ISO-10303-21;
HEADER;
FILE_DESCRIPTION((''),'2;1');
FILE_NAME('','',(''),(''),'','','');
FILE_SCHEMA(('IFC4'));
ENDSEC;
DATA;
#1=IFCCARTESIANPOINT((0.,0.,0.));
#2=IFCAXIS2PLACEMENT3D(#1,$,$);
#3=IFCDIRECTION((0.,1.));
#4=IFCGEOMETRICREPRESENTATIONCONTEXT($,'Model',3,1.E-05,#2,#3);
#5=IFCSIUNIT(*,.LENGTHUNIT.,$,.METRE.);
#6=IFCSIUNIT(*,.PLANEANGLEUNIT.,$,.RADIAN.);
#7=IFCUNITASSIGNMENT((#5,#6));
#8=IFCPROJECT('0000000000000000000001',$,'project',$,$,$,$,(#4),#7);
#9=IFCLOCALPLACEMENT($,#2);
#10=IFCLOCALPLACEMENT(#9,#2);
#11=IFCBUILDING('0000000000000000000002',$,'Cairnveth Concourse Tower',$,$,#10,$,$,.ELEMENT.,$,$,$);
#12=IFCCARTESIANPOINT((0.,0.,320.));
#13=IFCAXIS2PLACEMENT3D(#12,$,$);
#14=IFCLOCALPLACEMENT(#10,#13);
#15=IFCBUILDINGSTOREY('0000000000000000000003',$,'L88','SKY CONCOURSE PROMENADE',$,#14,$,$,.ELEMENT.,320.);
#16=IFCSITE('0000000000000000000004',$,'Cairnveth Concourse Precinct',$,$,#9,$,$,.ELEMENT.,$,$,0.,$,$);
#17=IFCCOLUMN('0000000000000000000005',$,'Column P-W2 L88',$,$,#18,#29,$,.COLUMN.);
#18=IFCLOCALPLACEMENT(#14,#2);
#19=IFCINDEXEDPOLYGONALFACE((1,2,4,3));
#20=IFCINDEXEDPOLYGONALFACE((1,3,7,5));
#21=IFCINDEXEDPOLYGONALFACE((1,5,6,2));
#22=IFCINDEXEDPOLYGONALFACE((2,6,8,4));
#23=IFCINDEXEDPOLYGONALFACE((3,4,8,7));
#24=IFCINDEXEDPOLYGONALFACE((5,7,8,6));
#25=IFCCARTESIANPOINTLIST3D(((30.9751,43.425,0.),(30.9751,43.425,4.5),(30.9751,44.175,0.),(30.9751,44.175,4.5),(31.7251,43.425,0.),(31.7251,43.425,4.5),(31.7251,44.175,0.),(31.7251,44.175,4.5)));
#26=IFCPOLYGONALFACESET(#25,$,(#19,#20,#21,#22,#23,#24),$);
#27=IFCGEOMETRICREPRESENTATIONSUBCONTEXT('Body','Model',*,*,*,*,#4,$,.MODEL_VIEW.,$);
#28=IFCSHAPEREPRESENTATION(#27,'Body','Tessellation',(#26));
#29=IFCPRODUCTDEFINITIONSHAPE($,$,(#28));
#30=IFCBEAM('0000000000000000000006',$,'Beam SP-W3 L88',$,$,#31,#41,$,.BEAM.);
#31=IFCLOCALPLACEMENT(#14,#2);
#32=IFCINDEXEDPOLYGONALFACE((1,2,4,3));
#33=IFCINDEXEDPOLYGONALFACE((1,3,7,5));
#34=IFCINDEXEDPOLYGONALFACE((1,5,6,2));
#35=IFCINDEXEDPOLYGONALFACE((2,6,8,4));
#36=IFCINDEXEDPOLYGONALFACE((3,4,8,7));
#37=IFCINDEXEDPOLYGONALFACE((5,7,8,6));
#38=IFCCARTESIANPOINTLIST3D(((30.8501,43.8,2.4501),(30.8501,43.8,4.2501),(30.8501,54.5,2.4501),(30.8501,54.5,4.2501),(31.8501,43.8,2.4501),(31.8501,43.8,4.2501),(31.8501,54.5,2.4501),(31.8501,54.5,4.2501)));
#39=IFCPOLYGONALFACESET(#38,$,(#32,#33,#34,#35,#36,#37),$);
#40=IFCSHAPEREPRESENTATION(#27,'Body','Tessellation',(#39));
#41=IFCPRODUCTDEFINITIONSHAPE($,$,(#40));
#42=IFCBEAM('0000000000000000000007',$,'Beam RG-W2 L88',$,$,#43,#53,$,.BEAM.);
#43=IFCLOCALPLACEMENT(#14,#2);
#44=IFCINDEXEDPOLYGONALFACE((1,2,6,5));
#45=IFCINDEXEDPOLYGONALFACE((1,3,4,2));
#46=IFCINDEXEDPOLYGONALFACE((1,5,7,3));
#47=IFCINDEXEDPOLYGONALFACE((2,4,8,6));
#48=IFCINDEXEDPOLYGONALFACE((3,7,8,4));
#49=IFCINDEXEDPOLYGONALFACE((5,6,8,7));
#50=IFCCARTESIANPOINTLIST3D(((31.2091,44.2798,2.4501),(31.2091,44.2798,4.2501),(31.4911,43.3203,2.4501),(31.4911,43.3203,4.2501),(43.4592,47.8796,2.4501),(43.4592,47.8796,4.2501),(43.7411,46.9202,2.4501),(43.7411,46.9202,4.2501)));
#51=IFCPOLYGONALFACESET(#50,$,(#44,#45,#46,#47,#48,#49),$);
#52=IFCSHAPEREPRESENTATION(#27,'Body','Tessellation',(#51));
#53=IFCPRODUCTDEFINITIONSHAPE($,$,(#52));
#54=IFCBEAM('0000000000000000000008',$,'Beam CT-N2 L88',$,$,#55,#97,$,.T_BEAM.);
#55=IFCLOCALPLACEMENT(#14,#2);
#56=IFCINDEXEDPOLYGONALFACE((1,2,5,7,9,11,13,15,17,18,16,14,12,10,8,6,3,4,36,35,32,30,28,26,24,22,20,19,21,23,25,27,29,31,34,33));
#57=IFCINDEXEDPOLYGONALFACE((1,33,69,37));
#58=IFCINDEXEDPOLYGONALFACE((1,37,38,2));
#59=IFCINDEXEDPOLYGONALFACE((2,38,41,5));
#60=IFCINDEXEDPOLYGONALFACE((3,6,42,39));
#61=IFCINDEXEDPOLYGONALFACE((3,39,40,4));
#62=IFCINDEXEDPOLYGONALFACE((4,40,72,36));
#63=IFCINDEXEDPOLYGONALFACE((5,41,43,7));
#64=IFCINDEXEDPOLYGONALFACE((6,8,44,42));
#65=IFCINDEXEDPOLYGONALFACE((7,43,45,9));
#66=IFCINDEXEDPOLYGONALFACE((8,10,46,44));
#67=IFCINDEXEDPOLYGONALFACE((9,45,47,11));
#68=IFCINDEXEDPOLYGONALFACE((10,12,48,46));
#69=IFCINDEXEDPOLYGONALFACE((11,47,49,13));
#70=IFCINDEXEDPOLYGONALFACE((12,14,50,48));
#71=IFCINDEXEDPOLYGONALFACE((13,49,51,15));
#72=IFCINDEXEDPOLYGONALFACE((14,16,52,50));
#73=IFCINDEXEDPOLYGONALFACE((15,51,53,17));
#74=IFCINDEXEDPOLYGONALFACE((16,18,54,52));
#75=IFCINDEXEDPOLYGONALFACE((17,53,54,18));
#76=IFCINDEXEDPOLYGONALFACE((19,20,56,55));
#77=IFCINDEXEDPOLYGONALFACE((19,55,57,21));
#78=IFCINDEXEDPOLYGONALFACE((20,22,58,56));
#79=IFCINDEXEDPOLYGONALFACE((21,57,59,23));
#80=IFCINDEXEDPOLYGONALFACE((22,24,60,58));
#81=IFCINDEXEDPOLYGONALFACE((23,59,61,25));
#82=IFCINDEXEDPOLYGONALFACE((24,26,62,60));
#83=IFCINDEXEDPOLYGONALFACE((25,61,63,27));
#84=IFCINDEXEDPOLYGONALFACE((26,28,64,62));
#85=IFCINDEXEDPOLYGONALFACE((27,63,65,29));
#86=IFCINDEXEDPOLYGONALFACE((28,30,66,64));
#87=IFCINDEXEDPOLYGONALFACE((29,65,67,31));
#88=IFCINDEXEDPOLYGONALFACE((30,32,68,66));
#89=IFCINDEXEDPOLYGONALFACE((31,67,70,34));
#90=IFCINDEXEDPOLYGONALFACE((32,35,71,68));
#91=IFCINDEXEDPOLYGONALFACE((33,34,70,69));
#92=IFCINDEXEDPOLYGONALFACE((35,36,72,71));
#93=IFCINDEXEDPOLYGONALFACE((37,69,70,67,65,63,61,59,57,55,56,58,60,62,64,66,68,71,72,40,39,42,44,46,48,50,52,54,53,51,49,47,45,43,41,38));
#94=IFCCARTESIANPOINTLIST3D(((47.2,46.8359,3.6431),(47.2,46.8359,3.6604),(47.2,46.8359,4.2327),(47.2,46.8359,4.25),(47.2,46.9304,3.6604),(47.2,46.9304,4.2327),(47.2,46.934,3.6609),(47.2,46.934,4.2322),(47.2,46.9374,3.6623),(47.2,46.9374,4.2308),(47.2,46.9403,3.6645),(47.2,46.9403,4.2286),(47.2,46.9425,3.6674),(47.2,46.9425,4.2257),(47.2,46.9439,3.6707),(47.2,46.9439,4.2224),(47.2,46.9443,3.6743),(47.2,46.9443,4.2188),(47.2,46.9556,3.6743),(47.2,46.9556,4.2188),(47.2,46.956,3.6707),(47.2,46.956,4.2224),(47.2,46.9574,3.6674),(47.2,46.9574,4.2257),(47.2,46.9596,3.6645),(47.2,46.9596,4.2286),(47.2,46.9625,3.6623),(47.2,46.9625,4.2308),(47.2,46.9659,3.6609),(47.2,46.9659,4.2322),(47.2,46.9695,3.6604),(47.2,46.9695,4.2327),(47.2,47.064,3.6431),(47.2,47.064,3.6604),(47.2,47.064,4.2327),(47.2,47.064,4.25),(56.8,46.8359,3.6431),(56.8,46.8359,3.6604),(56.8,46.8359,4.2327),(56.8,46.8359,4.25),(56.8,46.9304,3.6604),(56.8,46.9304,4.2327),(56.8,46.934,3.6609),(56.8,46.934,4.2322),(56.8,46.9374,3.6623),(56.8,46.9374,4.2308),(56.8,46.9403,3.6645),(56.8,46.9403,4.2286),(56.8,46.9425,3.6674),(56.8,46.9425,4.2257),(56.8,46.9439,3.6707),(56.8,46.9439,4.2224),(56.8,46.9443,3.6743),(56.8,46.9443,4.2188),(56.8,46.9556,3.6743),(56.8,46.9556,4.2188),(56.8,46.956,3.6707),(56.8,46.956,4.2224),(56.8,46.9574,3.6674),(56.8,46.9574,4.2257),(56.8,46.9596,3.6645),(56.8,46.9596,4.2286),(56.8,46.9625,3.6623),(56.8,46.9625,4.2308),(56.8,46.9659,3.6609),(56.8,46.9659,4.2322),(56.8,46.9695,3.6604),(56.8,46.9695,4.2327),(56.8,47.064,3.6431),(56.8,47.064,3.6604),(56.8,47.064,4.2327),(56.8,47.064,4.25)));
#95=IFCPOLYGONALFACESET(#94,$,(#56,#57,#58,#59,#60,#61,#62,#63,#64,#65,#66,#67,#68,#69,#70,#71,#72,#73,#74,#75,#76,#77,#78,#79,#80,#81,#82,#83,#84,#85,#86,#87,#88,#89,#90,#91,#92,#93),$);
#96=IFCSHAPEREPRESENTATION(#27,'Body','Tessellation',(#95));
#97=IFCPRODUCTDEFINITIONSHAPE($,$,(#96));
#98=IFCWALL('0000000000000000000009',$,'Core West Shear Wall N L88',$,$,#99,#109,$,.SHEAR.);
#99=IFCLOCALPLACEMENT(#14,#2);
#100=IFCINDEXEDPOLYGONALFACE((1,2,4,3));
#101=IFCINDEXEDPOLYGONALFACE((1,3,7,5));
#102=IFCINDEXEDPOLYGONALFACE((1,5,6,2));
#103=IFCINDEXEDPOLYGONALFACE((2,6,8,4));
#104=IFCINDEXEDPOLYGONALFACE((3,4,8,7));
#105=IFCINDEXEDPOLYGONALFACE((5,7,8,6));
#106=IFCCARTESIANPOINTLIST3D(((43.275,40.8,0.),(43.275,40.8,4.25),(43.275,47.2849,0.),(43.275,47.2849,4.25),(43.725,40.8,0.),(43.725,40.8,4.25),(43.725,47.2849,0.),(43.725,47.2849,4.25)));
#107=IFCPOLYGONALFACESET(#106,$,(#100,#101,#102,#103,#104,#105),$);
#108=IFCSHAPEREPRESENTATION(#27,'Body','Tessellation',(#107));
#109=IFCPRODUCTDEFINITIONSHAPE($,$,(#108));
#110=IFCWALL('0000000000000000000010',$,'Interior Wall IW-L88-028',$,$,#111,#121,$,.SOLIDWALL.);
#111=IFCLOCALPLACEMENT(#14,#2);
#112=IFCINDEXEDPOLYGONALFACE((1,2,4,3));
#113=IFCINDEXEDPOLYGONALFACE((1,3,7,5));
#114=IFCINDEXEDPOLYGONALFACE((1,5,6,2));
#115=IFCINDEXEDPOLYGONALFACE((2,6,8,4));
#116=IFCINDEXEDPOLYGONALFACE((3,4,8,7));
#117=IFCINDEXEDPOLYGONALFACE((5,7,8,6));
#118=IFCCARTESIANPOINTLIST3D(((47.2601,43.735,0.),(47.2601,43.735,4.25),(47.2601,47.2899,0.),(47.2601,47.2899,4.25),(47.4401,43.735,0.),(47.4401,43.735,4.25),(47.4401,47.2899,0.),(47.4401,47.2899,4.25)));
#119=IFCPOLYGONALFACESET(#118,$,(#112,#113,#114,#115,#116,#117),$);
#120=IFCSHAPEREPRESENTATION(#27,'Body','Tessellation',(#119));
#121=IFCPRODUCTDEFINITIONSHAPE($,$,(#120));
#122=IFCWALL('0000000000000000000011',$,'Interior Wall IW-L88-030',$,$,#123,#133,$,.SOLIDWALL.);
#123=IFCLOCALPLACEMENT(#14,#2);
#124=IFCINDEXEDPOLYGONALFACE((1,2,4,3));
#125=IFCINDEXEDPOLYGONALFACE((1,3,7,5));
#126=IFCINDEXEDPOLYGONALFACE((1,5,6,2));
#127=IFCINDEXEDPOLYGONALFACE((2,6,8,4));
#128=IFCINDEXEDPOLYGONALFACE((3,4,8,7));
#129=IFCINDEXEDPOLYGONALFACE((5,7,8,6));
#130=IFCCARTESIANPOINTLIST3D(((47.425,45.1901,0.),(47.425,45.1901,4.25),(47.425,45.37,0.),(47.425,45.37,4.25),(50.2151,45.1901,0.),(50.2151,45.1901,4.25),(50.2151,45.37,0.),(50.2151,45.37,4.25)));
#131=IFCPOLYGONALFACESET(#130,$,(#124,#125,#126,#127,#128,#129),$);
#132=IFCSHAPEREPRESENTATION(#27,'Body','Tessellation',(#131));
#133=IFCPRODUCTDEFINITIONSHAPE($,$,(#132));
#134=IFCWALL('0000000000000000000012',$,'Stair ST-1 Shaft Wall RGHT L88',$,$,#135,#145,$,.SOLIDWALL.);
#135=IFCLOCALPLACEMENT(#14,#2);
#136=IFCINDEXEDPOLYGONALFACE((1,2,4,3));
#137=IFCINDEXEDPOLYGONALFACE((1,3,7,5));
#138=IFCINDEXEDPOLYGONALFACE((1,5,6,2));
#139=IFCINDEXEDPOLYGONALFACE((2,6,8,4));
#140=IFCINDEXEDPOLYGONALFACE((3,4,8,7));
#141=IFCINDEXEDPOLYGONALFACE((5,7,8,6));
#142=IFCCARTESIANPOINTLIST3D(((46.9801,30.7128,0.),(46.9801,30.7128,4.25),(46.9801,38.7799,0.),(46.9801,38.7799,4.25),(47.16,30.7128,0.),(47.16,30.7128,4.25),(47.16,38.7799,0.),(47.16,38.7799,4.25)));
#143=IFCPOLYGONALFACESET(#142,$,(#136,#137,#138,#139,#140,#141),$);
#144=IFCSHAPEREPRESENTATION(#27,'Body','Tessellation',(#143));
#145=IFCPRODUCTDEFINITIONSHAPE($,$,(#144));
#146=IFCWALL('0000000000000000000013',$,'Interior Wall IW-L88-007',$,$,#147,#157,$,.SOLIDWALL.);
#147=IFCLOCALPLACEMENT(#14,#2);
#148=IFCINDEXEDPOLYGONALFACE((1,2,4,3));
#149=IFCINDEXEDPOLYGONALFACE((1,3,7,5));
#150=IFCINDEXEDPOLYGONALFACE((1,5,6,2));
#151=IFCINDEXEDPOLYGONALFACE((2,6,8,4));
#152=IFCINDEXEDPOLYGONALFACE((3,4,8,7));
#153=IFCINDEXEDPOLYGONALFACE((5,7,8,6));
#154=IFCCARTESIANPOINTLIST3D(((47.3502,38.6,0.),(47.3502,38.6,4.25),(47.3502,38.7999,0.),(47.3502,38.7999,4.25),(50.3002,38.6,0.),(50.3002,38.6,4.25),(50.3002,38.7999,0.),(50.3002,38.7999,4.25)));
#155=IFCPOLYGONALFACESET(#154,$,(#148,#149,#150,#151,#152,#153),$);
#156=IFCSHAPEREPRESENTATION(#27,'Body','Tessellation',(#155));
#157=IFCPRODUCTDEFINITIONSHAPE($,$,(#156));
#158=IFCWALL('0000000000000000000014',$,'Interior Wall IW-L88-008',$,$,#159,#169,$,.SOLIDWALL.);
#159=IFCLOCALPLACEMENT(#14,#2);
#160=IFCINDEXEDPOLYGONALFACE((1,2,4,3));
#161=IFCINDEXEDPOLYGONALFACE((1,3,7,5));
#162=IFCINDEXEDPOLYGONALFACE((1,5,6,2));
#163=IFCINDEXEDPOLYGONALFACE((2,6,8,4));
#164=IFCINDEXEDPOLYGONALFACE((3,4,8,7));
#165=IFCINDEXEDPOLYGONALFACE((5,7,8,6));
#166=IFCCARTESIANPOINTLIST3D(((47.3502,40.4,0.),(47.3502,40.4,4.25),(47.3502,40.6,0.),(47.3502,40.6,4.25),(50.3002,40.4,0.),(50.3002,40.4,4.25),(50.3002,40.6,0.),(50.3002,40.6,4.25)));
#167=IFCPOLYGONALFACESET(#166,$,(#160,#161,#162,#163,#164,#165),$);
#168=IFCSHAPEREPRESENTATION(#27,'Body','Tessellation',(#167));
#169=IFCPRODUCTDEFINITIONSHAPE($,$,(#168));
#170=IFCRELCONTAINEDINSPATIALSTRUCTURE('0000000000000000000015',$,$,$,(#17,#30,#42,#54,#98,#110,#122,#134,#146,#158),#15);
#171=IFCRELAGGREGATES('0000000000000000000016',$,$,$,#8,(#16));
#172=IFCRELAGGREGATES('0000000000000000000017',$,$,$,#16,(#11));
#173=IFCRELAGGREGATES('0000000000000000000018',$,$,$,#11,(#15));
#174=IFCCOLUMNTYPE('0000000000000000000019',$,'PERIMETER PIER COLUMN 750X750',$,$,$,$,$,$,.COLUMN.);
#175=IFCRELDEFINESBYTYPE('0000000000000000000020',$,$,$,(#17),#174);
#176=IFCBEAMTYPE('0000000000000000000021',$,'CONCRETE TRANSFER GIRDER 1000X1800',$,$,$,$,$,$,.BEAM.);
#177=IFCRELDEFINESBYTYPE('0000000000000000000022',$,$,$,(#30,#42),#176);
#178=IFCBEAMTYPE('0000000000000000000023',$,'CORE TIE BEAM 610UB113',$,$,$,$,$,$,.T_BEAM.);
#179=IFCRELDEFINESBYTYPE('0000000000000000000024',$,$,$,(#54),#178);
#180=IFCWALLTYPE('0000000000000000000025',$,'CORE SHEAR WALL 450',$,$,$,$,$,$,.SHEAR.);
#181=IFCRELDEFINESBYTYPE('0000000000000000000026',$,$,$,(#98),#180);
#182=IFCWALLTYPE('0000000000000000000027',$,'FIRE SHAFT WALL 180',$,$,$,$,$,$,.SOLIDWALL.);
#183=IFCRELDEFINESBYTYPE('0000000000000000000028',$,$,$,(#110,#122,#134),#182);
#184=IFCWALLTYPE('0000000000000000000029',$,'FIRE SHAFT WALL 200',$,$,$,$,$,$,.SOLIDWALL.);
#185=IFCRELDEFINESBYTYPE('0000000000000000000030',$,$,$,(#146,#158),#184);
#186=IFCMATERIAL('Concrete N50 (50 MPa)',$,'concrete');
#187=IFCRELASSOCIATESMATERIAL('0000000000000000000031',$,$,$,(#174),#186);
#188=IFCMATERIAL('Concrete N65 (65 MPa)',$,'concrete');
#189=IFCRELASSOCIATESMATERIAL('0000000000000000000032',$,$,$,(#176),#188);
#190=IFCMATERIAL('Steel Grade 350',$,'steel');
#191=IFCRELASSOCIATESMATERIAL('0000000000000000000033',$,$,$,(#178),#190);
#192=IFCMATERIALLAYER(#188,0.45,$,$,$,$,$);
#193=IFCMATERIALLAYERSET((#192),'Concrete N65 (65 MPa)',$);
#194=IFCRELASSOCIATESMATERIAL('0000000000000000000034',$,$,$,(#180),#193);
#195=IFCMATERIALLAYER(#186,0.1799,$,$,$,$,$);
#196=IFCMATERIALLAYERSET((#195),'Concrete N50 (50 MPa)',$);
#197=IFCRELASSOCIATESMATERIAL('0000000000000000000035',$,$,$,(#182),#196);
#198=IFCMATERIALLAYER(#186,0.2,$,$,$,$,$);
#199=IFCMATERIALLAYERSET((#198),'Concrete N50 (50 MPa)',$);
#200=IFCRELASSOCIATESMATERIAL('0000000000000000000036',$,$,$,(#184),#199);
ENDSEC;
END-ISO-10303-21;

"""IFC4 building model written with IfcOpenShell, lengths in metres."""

from ifc_helpers import new_model, si_unit, direction, frame, frame_2d, origin, origin_2d, place, context, subcontext, project, spatial, rectangle, i_section, extrude, material, layer, layer_set, material_profile, profile_set, type_object, element, save


model = new_model("IFC4")

# Units and contexts
model_context = context("Model", 3, precision=1e-05, world=origin(), true_north=direction((0.0, 1.0)))
body_context = subcontext(model_context, "Body", "Model", "MODEL_VIEW")
ifc_project = project(units=[si_unit("LENGTHUNIT", "METRE"), si_unit("PLANEANGLEUNIT", "RADIAN")], contexts=[model_context])

# Site, building, storey
site_placement = place(None, origin())
site = spatial("IfcSite", under=ifc_project, at=site_placement, Name="Cairnveth Concourse Precinct", CompositionType="ELEMENT", RefElevation=0.0)
building_placement = place(site_placement, origin())
building = spatial("IfcBuilding", under=site, at=building_placement, Name="Cairnveth Concourse Tower", CompositionType="ELEMENT")
storey_placement = place(building_placement, frame((0.0, 0.0, 320.0)))
storey = spatial("IfcBuildingStorey", under=building, at=storey_placement, Name="L88", Description="SKY CONCOURSE PROMENADE", CompositionType="ELEMENT", Elevation=320.0)

# Column
ifc_material_1 = material(Name="Concrete N50 (50 MPa)", Category="concrete")
ifc_material_profile_1 = material_profile(ifc_material_1, rectangle(XDim=0.75, YDim=0.75, at=origin_2d()), Name="RC-COL-750x750")
ifc_profile_set_1 = profile_set([ifc_material_profile_1], Name="Concrete N50 (50 MPa)")
column_type = type_object("IfcColumnType", Name="PERIMETER PIER COLUMN 750X750", PredefinedType="COLUMN", material=ifc_profile_set_1)
column_placement = place(storey_placement, frame((31.3501, 43.8, 0.0), z_axis=(0.0, 0.0, 1.0), x_axis=(0.0, 1.0, 0.0)))
element("IfcColumn", 1, at=column_placement, inside=storey, type_object=column_type, Name="Column P-W2 L88", PredefinedType="COLUMN", context=body_context, shape_type="SweptSolid", body=[
    extrude(rectangle(XDim=0.75, YDim=0.75, at=origin_2d()), origin(), (0.0, 0.0, 1.0), 4.5),
])

# Beams
ifc_material_2 = material(Name="Concrete N65 (65 MPa)", Category="concrete")
ifc_material_profile_2 = material_profile(ifc_material_2, rectangle(XDim=1.0, YDim=1.8, at=origin_2d()), Name="RC-TB-1000x1800")
ifc_profile_set_2 = profile_set([ifc_material_profile_2], Name="Concrete N65 (65 MPa)")
beam_type_1 = type_object("IfcBeamType", Name="CONCRETE TRANSFER GIRDER 1000X1800", PredefinedType="BEAM", material=ifc_profile_set_2)
beam_1_placement = place(storey_placement, frame((31.3501, 43.8, 3.3501), z_axis=(0.0, 1.0, 0.0), x_axis=(-1.0, 0.0, 0.0)))
element("IfcBeam", 2, at=beam_1_placement, inside=storey, type_object=beam_type_1, Name="Beam SP-W3 L88", PredefinedType="BEAM", context=body_context, shape_type="SweptSolid", body=[
    extrude(rectangle(XDim=1.0, YDim=1.8, at=origin_2d()), origin(), (0.0, 0.0, 1.0), 10.7),
])
beam_2_placement = place(storey_placement, frame((31.3501, 43.8, 3.3501), z_axis=(0.959431, 0.281944, 0.0), x_axis=(-0.281944, 0.959431, 0.0)))
element("IfcBeam", 3, at=beam_2_placement, inside=storey, type_object=beam_type_1, Name="Beam RG-W2 L88", PredefinedType="BEAM", context=body_context, shape_type="SweptSolid", body=[
    extrude(rectangle(XDim=1.0, YDim=1.8, at=origin_2d()), origin(), (0.0, 0.0, 1.0), 12.7681),
])
ifc_material_3 = material(Name="Steel Grade 350", Category="steel")
ifc_material_profile_3 = material_profile(ifc_material_3, i_section(OverallWidth=0.228, OverallDepth=0.6069, WebThickness=0.0112, FlangeThickness=0.0173, FilletRadius=0.0139, at=origin_2d()), Name="610UB113")
ifc_profile_set_3 = profile_set([ifc_material_profile_3], Name="Steel Grade 350")
beam_type_2 = type_object("IfcBeamType", Name="CORE TIE BEAM 610UB113", PredefinedType="T_BEAM", material=ifc_profile_set_3)
beam_3_placement = place(storey_placement, frame((47.2, 46.95, 3.9465), z_axis=(1.0, 0.0, 0.0), x_axis=(0.0, 1.0, 0.0)))
element("IfcBeam", 4, at=beam_3_placement, inside=storey, type_object=beam_type_2, Name="Beam CT-N2 L88", PredefinedType="T_BEAM", context=body_context, shape_type="SweptSolid", body=[
    extrude(i_section(OverallWidth=0.228, OverallDepth=0.6069, WebThickness=0.0112, FlangeThickness=0.0173, FilletRadius=0.0139, at=origin_2d()), origin(), (0.0, 0.0, 1.0), 9.6001),
])

# Walls
ifc_layer_1 = layer(ifc_material_2, 0.45)
ifc_layer_set_1 = layer_set([ifc_layer_1], Name="Concrete N65 (65 MPa)")
wall_type_1 = type_object("IfcWallType", Name="CORE SHEAR WALL 450", PredefinedType="SHEAR", material=ifc_layer_set_1)
wall_1_placement = place(storey_placement, frame((43.5, 40.8, 0.0), z_axis=(0.0, 0.0, 1.0), x_axis=(0.0, 1.0, 0.0)))
element("IfcWall", 5, at=wall_1_placement, inside=storey, type_object=wall_type_1, Name="Core West Shear Wall N L88", PredefinedType="SHEAR", context=body_context, shape_type="SweptSolid", body=[
    extrude(rectangle(XDim=6.4849, YDim=0.45, at=frame_2d((3.2424, 0.0))), origin(), (0.0, 0.0, 1.0), 4.25),
])
ifc_layer_2 = layer(ifc_material_1, 0.1799)
ifc_layer_set_2 = layer_set([ifc_layer_2], Name="Concrete N50 (50 MPa)")
wall_type_2 = type_object("IfcWallType", Name="FIRE SHAFT WALL 180", PredefinedType="SOLIDWALL", material=ifc_layer_set_2)
wall_2_placement = place(storey_placement, frame((47.3501, 43.7351, 0.0), z_axis=(0.0, 0.0, 1.0), x_axis=(0.0, 1.0, 0.0)))
element("IfcWall", 6, at=wall_2_placement, inside=storey, type_object=wall_type_2, Name="Interior Wall IW-L88-028", PredefinedType="SOLIDWALL", context=body_context, shape_type="SweptSolid", body=[
    extrude(rectangle(XDim=3.5549, YDim=0.1799, at=frame_2d((1.7773, 0.0))), origin(), (0.0, 0.0, 1.0), 4.25),
])
wall_3_placement = place(storey_placement, frame((47.425, 45.28, 0.0), z_axis=(0.0, 0.0, 1.0), x_axis=(1.0, 0.0, 0.0)))
element("IfcWall", 7, at=wall_3_placement, inside=storey, type_object=wall_type_2, Name="Interior Wall IW-L88-030", PredefinedType="SOLIDWALL", context=body_context, shape_type="SweptSolid", body=[
    extrude(rectangle(XDim=2.79, YDim=0.1799, at=frame_2d((1.395, 0.0))), origin(), (0.0, 0.0, 1.0), 4.25),
])

# Walls
wall_4_placement = place(storey_placement, frame((47.0701, 38.78, 0.0), z_axis=(0.0, 0.0, 1.0), x_axis=(0.0, -1.0, 0.0)))
element("IfcWall", 8, at=wall_4_placement, inside=storey, type_object=wall_type_2, Name="Stair ST-1 Shaft Wall RGHT L88", PredefinedType="SOLIDWALL", context=body_context, shape_type="SweptSolid", body=[
    extrude(rectangle(XDim=8.0671, YDim=0.1799, at=frame_2d((4.0337, 0.0))), origin(), (0.0, 0.0, 1.0), 4.25),
])
ifc_layer_3 = layer(ifc_material_1, 0.2)
ifc_layer_set_3 = layer_set([ifc_layer_3], Name="Concrete N50 (50 MPa)")
wall_type_3 = type_object("IfcWallType", Name="FIRE SHAFT WALL 200", PredefinedType="SOLIDWALL", material=ifc_layer_set_3)
for number, where, z_axis, x_axis, name in (
    (9, (47.3501, 38.7, 0.0), (0.0, 0.0, 1.0), (1.0, 0.0, 0.0), "Interior Wall IW-L88-007"),
    (10, (47.3501, 40.5, 0.0), (0.0, 0.0, 1.0), (1.0, 0.0, 0.0), "Interior Wall IW-L88-008"),
):
    element("IfcWall", number, at=place(storey_placement, frame(where, z_axis=z_axis, x_axis=x_axis)), inside=storey, type_object=wall_type_3, Name=name, PredefinedType="SOLIDWALL", context=body_context, shape_type="SweptSolid", body=[
        extrude(rectangle(XDim=2.95, YDim=0.2, at=frame_2d((1.4751, 0.0))), origin(), (0.0, 0.0, 1.0), 4.25),
    ])

save(model, "model.ifc")
